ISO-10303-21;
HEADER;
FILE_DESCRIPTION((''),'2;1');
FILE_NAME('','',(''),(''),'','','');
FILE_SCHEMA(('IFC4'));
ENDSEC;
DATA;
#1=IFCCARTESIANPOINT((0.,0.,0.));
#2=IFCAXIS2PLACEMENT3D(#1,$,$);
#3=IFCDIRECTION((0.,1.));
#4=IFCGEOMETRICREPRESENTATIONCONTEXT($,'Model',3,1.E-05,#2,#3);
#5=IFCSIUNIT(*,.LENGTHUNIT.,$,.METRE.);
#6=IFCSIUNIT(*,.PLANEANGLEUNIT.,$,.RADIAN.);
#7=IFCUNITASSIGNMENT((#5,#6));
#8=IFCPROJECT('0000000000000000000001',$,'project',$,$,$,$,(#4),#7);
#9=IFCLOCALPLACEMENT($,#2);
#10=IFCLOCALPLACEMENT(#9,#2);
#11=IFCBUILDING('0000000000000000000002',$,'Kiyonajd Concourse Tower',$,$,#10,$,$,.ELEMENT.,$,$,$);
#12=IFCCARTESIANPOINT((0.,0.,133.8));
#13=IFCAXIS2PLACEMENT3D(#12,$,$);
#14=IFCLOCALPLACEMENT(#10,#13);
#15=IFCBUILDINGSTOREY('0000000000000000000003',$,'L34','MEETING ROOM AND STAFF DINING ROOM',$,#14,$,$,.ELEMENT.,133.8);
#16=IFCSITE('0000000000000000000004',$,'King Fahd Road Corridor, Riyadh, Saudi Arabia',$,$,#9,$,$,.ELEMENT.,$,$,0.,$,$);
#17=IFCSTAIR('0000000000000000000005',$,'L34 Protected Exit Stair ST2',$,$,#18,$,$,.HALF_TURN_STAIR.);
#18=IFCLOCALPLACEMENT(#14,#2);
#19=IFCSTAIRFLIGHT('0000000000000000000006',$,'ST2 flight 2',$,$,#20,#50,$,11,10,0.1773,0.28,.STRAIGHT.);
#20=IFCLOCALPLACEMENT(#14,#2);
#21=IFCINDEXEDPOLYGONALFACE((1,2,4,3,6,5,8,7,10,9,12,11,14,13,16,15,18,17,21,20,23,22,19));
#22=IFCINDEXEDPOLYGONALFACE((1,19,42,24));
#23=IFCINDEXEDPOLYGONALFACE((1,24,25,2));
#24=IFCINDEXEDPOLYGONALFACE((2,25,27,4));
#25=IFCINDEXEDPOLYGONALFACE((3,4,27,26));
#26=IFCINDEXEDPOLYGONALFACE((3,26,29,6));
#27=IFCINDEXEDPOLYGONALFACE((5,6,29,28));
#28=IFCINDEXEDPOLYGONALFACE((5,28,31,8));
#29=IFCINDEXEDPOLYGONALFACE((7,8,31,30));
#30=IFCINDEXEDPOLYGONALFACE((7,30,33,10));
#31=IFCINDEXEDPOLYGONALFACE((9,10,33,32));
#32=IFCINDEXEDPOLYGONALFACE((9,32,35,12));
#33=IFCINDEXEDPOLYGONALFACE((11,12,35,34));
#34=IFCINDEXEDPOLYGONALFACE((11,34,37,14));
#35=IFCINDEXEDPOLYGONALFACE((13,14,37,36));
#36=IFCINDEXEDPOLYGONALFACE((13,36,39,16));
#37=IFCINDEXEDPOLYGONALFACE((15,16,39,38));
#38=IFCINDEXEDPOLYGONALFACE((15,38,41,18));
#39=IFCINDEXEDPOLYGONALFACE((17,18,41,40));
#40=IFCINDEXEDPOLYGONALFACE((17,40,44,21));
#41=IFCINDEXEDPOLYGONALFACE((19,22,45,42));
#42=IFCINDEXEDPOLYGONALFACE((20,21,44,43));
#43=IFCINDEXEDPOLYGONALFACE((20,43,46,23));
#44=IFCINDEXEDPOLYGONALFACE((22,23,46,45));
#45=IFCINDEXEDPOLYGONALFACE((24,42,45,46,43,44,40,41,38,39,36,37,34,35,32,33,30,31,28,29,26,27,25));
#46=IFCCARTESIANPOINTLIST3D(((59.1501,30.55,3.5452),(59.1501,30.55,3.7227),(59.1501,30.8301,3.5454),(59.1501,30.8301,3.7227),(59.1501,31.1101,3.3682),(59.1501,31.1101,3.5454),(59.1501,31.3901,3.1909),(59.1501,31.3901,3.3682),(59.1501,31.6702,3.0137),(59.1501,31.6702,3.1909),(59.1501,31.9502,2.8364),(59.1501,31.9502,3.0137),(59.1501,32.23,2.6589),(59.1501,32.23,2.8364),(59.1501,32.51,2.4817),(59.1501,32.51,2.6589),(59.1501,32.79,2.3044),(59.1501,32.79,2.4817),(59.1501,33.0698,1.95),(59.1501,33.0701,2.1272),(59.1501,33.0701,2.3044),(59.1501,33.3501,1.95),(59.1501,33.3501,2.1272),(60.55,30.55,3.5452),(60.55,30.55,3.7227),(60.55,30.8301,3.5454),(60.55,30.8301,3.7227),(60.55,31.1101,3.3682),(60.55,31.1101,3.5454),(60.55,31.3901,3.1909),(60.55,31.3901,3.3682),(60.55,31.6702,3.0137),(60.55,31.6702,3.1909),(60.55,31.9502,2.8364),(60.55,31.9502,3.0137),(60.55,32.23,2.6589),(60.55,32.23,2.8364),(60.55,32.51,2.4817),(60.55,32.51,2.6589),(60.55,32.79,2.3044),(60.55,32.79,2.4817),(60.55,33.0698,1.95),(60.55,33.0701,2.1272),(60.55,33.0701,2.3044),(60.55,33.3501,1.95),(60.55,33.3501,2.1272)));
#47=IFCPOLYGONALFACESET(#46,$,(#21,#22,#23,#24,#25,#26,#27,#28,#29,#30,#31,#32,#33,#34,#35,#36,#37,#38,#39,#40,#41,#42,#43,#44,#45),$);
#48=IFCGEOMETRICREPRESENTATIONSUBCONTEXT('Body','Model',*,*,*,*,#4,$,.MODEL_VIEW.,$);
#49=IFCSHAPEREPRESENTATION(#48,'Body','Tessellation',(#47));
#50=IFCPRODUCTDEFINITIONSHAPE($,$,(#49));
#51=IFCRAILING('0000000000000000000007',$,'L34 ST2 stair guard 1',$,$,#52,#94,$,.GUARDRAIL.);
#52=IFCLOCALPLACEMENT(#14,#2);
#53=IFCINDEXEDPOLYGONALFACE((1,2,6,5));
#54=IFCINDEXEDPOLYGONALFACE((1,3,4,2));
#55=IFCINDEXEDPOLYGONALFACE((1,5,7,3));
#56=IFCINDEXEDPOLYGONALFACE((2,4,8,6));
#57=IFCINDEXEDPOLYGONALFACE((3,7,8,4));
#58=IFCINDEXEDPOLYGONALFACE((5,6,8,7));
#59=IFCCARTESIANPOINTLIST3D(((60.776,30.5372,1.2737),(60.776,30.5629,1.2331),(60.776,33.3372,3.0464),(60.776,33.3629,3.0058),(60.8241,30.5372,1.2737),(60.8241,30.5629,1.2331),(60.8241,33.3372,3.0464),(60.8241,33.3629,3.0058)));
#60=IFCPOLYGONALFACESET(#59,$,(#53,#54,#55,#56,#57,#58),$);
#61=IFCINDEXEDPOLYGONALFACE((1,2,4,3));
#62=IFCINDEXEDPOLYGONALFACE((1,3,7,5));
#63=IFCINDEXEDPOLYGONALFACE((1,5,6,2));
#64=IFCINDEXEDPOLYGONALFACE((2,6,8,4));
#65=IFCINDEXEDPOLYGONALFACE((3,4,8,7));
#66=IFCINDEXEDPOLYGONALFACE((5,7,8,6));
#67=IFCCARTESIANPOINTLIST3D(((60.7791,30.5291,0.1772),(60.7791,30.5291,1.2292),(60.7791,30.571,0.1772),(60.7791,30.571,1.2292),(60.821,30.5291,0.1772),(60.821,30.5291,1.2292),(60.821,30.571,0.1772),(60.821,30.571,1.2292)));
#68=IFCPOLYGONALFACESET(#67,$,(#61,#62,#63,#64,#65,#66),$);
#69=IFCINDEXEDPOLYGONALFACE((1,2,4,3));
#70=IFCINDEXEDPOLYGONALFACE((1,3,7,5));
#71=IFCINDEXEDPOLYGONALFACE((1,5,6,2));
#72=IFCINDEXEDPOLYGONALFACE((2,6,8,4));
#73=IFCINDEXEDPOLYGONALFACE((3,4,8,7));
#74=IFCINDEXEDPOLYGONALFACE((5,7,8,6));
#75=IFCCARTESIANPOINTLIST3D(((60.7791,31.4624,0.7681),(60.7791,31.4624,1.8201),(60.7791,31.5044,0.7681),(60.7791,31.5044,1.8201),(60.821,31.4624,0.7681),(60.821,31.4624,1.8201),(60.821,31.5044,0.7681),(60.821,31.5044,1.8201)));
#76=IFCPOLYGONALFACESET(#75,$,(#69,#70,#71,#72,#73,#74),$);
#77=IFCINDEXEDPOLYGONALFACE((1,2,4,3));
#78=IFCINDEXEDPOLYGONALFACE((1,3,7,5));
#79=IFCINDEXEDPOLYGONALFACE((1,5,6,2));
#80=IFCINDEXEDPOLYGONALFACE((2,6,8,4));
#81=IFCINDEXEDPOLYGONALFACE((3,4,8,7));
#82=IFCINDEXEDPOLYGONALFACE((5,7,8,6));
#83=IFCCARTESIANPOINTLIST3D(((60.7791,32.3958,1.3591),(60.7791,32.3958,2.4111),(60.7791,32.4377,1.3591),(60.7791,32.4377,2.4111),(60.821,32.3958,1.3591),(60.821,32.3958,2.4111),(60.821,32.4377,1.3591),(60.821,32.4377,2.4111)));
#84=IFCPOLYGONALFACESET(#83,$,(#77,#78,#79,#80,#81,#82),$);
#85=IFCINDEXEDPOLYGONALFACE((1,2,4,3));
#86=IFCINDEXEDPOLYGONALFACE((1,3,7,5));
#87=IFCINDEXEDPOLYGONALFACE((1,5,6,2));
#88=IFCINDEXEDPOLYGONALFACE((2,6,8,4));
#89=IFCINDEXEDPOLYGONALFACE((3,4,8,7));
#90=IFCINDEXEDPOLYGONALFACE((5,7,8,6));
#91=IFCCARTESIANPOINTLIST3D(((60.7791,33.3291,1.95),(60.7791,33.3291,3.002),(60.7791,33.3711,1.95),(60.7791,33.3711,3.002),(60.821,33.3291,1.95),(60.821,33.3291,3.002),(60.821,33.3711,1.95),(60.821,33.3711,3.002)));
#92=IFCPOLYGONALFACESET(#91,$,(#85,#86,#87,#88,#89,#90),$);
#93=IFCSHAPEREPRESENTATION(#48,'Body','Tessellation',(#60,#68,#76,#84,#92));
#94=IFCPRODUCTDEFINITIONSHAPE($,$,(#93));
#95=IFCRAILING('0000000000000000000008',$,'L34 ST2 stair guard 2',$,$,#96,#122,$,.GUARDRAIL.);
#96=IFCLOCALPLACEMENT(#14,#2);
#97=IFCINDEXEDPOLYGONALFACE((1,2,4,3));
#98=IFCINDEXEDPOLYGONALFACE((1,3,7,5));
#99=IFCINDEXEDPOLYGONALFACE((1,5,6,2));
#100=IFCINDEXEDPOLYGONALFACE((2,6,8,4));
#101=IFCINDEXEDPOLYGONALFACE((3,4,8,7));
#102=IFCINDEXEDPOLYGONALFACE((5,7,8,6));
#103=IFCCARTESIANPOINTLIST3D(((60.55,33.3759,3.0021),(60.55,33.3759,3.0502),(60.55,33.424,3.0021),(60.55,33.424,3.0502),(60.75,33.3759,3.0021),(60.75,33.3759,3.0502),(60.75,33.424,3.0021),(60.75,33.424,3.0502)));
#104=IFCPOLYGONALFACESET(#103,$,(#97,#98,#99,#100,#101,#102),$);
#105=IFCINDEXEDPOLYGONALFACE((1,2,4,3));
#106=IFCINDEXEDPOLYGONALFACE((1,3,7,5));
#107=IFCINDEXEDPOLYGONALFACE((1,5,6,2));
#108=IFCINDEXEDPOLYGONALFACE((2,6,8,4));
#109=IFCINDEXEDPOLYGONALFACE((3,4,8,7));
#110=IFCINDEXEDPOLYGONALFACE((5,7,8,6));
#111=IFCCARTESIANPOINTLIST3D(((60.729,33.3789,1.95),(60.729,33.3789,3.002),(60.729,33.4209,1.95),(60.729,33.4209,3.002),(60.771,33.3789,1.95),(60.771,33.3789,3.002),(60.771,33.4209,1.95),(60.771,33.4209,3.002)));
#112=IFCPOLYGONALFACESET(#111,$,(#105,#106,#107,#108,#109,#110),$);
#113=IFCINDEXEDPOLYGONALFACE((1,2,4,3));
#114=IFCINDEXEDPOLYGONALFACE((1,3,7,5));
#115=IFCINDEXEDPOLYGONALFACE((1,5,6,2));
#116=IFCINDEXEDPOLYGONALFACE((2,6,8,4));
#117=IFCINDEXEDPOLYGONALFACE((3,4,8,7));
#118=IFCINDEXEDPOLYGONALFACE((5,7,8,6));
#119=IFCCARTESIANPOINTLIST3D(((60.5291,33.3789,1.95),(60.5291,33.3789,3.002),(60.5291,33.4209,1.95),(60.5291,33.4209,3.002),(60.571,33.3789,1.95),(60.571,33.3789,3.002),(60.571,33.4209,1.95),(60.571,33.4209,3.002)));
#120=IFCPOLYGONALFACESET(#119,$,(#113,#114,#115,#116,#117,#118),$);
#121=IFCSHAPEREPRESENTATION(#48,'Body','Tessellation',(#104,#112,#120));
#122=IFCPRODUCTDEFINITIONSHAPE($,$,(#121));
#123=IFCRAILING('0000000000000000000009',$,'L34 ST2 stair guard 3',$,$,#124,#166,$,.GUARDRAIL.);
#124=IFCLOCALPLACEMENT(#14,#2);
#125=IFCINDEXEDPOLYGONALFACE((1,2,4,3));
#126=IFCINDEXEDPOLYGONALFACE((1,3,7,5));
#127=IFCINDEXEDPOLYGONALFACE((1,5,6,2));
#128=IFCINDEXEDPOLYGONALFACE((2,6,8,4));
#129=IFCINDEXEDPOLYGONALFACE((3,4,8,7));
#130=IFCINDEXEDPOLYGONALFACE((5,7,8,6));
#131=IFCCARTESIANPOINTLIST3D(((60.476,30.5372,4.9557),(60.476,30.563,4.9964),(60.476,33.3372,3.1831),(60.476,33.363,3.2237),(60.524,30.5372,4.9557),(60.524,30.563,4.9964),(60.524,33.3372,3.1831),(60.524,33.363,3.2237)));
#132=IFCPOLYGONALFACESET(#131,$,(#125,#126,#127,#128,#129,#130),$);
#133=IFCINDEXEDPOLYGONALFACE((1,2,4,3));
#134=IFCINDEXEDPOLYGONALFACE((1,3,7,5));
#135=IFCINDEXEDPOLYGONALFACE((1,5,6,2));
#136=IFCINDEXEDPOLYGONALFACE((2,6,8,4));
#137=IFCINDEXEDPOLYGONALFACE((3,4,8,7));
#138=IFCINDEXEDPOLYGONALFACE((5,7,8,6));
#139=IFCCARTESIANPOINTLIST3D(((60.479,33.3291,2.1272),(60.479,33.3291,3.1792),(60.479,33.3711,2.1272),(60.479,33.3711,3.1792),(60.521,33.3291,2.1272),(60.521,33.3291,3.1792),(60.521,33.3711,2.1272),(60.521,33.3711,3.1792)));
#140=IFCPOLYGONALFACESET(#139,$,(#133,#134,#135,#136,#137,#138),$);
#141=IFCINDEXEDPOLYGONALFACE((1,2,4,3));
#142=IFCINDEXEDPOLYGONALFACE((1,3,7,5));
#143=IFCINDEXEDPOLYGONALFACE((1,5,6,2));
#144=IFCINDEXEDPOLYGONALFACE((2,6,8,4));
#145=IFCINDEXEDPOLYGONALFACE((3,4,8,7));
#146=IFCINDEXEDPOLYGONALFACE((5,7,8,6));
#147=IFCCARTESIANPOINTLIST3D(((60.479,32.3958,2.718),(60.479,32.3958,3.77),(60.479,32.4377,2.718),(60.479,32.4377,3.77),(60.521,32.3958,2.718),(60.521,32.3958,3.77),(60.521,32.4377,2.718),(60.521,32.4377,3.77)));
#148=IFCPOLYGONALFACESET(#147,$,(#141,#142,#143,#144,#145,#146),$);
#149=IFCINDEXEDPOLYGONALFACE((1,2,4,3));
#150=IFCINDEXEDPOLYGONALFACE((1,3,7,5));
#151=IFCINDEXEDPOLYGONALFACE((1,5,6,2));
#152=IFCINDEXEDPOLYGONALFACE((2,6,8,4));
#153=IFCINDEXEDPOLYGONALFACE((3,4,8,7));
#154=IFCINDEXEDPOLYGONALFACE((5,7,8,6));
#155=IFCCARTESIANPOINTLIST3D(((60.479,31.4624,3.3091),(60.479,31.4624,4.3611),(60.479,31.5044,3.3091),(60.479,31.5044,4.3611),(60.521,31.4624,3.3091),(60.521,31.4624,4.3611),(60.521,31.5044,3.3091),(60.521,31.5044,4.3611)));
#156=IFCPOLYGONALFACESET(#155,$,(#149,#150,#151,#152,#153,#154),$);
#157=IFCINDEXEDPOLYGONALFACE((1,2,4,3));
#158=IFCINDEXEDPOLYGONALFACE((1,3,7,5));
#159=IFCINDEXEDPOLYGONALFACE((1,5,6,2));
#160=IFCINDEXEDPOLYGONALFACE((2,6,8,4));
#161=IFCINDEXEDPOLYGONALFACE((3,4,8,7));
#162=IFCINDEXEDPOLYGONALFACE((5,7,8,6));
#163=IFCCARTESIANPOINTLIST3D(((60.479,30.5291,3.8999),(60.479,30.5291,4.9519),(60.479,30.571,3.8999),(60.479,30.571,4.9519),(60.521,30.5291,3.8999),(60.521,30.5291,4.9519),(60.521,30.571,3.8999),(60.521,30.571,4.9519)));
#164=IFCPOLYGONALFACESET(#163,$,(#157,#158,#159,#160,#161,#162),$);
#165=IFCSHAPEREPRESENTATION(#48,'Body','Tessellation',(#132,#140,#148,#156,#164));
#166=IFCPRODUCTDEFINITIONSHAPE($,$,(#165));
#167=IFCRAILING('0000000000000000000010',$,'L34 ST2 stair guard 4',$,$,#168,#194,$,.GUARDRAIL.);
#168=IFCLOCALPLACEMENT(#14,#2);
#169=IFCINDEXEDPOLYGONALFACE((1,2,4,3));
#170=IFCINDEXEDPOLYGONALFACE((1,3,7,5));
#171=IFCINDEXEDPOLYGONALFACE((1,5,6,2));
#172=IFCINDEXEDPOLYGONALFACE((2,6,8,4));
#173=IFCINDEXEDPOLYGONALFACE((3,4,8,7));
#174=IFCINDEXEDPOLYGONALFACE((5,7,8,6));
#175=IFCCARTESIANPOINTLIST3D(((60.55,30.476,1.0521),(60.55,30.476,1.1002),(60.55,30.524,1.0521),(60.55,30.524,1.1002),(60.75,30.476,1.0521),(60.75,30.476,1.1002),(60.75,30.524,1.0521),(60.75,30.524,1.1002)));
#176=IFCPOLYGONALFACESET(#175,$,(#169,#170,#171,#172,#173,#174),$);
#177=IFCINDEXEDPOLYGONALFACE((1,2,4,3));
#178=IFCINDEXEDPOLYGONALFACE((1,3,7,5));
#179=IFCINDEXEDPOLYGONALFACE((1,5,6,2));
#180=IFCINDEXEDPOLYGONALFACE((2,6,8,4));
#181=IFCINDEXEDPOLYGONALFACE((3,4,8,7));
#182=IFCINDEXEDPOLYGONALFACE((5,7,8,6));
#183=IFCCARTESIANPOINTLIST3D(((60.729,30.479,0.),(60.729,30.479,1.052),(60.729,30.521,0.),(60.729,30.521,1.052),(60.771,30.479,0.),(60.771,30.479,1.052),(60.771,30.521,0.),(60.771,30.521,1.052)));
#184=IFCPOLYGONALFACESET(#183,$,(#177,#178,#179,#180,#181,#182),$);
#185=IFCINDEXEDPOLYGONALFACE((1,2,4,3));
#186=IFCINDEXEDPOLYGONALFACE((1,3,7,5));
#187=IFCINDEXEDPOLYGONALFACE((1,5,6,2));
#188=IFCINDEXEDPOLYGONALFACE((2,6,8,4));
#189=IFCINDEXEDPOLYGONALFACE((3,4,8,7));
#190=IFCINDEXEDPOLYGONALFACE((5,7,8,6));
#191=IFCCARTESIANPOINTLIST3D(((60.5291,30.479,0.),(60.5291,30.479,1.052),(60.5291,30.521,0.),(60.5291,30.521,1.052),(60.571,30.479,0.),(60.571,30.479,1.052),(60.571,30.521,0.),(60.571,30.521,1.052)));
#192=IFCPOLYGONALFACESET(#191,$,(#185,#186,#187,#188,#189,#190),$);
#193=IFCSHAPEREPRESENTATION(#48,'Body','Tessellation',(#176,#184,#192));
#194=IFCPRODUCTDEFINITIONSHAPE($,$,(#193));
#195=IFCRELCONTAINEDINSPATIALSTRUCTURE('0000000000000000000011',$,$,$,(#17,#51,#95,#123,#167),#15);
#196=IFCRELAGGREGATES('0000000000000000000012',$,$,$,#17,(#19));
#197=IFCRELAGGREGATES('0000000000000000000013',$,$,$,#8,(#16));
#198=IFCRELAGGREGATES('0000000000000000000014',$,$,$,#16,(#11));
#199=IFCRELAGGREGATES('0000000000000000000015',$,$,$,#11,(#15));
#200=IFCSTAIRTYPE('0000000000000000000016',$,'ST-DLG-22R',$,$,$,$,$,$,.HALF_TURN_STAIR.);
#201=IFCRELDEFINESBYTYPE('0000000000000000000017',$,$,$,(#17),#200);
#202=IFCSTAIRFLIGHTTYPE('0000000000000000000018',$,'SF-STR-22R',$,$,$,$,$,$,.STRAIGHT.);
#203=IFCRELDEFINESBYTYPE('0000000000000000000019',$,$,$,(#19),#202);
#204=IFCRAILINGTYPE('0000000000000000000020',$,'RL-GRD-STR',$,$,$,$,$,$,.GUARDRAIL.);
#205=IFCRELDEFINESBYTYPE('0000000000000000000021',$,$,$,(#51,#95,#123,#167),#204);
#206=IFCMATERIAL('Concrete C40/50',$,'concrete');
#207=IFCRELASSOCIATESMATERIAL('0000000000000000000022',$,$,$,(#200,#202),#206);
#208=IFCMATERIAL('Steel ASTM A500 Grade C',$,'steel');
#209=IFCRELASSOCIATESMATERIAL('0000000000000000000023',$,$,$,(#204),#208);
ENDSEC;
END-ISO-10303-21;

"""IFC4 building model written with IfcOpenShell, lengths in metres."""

from ifc_helpers import new_model, si_unit, direction, frame, origin, origin_2d, place, context, subcontext, project, spatial, polyline, rectangle, outline, extrude, material, type_object, element, aggregate, save


model = new_model("IFC4")

# Units and contexts
model_context = context("Model", 3, precision=1e-05, world=origin(), true_north=direction((0.0, 1.0)))
body_context = subcontext(model_context, "Body", "Model", "MODEL_VIEW")
ifc_project = project(units=[si_unit("LENGTHUNIT", "METRE"), si_unit("PLANEANGLEUNIT", "RADIAN")], contexts=[model_context])

# Site, building, storey
site_placement = place(None, origin())
site = spatial("IfcSite", under=ifc_project, at=site_placement, Name="King Fahd Road Corridor, Riyadh, Saudi Arabia", CompositionType="ELEMENT", RefElevation=0.0)
building_placement = place(site_placement, origin())
building = spatial("IfcBuilding", under=site, at=building_placement, Name="Kiyonajd Concourse Tower", CompositionType="ELEMENT")
storey_placement = place(building_placement, frame((0.0, 0.0, 133.8)))
storey = spatial("IfcBuildingStorey", under=building, at=storey_placement, Name="L34", Description="MEETING ROOM AND STAFF DINING ROOM", CompositionType="ELEMENT", Elevation=133.8)

# Stair, stair flight
ifc_material_1 = material(Name="Concrete C40/50", Category="concrete")
stair_type = type_object("IfcStairType", Name="ST-DLG-22R", PredefinedType="HALF_TURN_STAIR", material=ifc_material_1)
stair_placement = place(storey_placement, origin())
stair = element("IfcStair", 1, at=stair_placement, inside=storey, type_object=stair_type, Name="L34 Protected Exit Stair ST2", PredefinedType="HALF_TURN_STAIR")
stair_flight_type = type_object("IfcStairFlightType", Name="SF-STR-22R", PredefinedType="STRAIGHT", material=ifc_material_1)
stair_flight_1_placement = place(storey_placement, frame((59.8501, 33.3501, 1.95), z_axis=(0.0, 0.0, 1.0), x_axis=(0.0, -1.0, 0.0)))
stair_flight_1 = element("IfcStairFlight", 2, at=stair_flight_1_placement, type_object=stair_flight_type, Name="ST2 flight 2", NumberOfRisers=11, NumberOfTreads=10, PredefinedType="STRAIGHT", RiserHeight=0.1773, TreadLength=0.28, context=body_context, shape_type="SweptSolid", body=[
    extrude(outline(polyline([(0.0, 0.0), (0.0, 0.1772), (0.28, 0.1772), (0.28, 0.3545), (0.5601, 0.3545), (0.5601, 0.5317), (0.8401, 0.5317), (0.8401, 0.709), (1.1201, 0.709), (1.1201, 0.8865), (1.3999, 0.8865), (1.3999, 1.0637), (1.6799, 1.0637), (1.6799, 1.241), (1.96, 1.241), (1.96, 1.4182), (2.24, 1.4182), (2.24, 1.5955), (2.52, 1.5955), (2.52, 1.7727), (2.8, 1.7727), (2.8, 1.95), (2.8, 1.5952), (0.2803, 0.0), (0.0, 0.0)])), frame((0.0, 0.7, 0.0), z_axis=(0.0, -1.0, 0.0), x_axis=(1.0, 0.0, 0.0)), (0.0, 0.0, 1.0), 1.3999),
])
aggregate(stair, [stair_flight_1])

# Railings
ifc_material_2 = material(Name="Steel ASTM A500 Grade C", Category="steel")
railing_type_1 = type_object("IfcRailingType", Name="RL-GRD-STR", PredefinedType="GUARDRAIL", material=ifc_material_2)
railing_1_placement = place(storey_placement, frame((60.8, 30.55, 0.1772)))
element("IfcRailing", 3, at=railing_1_placement, inside=storey, type_object=railing_type_1, Name="L34 ST2 stair guard 1", PredefinedType="GUARDRAIL", context=body_context, shape_type="SweptSolid", body=[
    extrude(rectangle(XDim=0.0481, YDim=0.0481, at=origin_2d()), frame((0.0, 0.0, 1.0762), z_axis=(0.0, 0.844909, 0.53491), x_axis=(-1.0, 0.0, 0.0)), (0.0, 0.0, 1.0), 3.314),
    extrude(rectangle(XDim=0.042, YDim=0.042, at=origin_2d()), origin(), (0.0, 0.0, 1.0), 1.052),
    extrude(rectangle(XDim=0.042, YDim=0.042, at=origin_2d()), frame((0.0, 0.9333, 0.5908)), (0.0, 0.0, 1.0), 1.052),
    extrude(rectangle(XDim=0.042, YDim=0.042, at=origin_2d()), frame((0.0, 1.8667, 1.1819)), (0.0, 0.0, 1.0), 1.052),
    extrude(rectangle(XDim=0.042, YDim=0.042, at=origin_2d()), frame((0.0, 2.8, 1.7727)), (0.0, 0.0, 1.0), 1.052),
])
railing_2_placement = place(storey_placement, frame((60.75, 33.3999, 1.95)))
element("IfcRailing", 4, at=railing_2_placement, inside=storey, type_object=railing_type_1, Name="L34 ST2 stair guard 2", PredefinedType="GUARDRAIL", context=body_context, shape_type="SweptSolid", body=[
    extrude(rectangle(XDim=0.0481, YDim=0.0481, at=origin_2d()), frame((0.0, 0.0, 1.0762), z_axis=(-1.0, 0.0, 0.0), x_axis=(0.0, -1.0, 0.0)), (0.0, 0.0, 1.0), 0.2),
    extrude(rectangle(XDim=0.042, YDim=0.042, at=origin_2d()), origin(), (0.0, 0.0, 1.0), 1.052),
    extrude(rectangle(XDim=0.042, YDim=0.042, at=origin_2d()), frame((-0.2, 0.0, 0.0)), (0.0, 0.0, 1.0), 1.052),
])
railing_3_placement = place(storey_placement, frame((60.5, 33.3501, 2.1272)))
element("IfcRailing", 5, at=railing_3_placement, inside=storey, type_object=railing_type_1, Name="L34 ST2 stair guard 3", PredefinedType="GUARDRAIL", context=body_context, shape_type="SweptSolid", body=[
    extrude(rectangle(XDim=0.0481, YDim=0.0481, at=origin_2d()), frame((0.0, 0.0, 1.0762), z_axis=(0.0, -0.844909, 0.53491), x_axis=(1.0, 0.0, 0.0)), (0.0, 0.0, 1.0), 3.314),
    extrude(rectangle(XDim=0.042, YDim=0.042, at=origin_2d()), origin(), (0.0, 0.0, 1.0), 1.052),
    extrude(rectangle(XDim=0.042, YDim=0.042, at=origin_2d()), frame((0.0, -0.9333, 0.5908)), (0.0, 0.0, 1.0), 1.052),
    extrude(rectangle(XDim=0.042, YDim=0.042, at=origin_2d()), frame((0.0, -1.8667, 1.1819)), (0.0, 0.0, 1.0), 1.052),
    extrude(rectangle(XDim=0.042, YDim=0.042, at=origin_2d()), frame((0.0, -2.8, 1.7727)), (0.0, 0.0, 1.0), 1.052),
])
railing_4_placement = place(storey_placement, frame((60.75, 30.5, 0.0)))
element("IfcRailing", 6, at=railing_4_placement, inside=storey, type_object=railing_type_1, Name="L34 ST2 stair guard 4", PredefinedType="GUARDRAIL", context=body_context, shape_type="SweptSolid", body=[
    extrude(rectangle(XDim=0.0481, YDim=0.0481, at=origin_2d()), frame((0.0, 0.0, 1.0762), z_axis=(-1.0, 0.0, 0.0), x_axis=(0.0, -1.0, 0.0)), (0.0, 0.0, 1.0), 0.2),
    extrude(rectangle(XDim=0.042, YDim=0.042, at=origin_2d()), origin(), (0.0, 0.0, 1.0), 1.052),
    extrude(rectangle(XDim=0.042, YDim=0.042, at=origin_2d()), frame((-0.2, 0.0, 0.0)), (0.0, 0.0, 1.0), 1.052),
])

save(model, "model.ifc")
